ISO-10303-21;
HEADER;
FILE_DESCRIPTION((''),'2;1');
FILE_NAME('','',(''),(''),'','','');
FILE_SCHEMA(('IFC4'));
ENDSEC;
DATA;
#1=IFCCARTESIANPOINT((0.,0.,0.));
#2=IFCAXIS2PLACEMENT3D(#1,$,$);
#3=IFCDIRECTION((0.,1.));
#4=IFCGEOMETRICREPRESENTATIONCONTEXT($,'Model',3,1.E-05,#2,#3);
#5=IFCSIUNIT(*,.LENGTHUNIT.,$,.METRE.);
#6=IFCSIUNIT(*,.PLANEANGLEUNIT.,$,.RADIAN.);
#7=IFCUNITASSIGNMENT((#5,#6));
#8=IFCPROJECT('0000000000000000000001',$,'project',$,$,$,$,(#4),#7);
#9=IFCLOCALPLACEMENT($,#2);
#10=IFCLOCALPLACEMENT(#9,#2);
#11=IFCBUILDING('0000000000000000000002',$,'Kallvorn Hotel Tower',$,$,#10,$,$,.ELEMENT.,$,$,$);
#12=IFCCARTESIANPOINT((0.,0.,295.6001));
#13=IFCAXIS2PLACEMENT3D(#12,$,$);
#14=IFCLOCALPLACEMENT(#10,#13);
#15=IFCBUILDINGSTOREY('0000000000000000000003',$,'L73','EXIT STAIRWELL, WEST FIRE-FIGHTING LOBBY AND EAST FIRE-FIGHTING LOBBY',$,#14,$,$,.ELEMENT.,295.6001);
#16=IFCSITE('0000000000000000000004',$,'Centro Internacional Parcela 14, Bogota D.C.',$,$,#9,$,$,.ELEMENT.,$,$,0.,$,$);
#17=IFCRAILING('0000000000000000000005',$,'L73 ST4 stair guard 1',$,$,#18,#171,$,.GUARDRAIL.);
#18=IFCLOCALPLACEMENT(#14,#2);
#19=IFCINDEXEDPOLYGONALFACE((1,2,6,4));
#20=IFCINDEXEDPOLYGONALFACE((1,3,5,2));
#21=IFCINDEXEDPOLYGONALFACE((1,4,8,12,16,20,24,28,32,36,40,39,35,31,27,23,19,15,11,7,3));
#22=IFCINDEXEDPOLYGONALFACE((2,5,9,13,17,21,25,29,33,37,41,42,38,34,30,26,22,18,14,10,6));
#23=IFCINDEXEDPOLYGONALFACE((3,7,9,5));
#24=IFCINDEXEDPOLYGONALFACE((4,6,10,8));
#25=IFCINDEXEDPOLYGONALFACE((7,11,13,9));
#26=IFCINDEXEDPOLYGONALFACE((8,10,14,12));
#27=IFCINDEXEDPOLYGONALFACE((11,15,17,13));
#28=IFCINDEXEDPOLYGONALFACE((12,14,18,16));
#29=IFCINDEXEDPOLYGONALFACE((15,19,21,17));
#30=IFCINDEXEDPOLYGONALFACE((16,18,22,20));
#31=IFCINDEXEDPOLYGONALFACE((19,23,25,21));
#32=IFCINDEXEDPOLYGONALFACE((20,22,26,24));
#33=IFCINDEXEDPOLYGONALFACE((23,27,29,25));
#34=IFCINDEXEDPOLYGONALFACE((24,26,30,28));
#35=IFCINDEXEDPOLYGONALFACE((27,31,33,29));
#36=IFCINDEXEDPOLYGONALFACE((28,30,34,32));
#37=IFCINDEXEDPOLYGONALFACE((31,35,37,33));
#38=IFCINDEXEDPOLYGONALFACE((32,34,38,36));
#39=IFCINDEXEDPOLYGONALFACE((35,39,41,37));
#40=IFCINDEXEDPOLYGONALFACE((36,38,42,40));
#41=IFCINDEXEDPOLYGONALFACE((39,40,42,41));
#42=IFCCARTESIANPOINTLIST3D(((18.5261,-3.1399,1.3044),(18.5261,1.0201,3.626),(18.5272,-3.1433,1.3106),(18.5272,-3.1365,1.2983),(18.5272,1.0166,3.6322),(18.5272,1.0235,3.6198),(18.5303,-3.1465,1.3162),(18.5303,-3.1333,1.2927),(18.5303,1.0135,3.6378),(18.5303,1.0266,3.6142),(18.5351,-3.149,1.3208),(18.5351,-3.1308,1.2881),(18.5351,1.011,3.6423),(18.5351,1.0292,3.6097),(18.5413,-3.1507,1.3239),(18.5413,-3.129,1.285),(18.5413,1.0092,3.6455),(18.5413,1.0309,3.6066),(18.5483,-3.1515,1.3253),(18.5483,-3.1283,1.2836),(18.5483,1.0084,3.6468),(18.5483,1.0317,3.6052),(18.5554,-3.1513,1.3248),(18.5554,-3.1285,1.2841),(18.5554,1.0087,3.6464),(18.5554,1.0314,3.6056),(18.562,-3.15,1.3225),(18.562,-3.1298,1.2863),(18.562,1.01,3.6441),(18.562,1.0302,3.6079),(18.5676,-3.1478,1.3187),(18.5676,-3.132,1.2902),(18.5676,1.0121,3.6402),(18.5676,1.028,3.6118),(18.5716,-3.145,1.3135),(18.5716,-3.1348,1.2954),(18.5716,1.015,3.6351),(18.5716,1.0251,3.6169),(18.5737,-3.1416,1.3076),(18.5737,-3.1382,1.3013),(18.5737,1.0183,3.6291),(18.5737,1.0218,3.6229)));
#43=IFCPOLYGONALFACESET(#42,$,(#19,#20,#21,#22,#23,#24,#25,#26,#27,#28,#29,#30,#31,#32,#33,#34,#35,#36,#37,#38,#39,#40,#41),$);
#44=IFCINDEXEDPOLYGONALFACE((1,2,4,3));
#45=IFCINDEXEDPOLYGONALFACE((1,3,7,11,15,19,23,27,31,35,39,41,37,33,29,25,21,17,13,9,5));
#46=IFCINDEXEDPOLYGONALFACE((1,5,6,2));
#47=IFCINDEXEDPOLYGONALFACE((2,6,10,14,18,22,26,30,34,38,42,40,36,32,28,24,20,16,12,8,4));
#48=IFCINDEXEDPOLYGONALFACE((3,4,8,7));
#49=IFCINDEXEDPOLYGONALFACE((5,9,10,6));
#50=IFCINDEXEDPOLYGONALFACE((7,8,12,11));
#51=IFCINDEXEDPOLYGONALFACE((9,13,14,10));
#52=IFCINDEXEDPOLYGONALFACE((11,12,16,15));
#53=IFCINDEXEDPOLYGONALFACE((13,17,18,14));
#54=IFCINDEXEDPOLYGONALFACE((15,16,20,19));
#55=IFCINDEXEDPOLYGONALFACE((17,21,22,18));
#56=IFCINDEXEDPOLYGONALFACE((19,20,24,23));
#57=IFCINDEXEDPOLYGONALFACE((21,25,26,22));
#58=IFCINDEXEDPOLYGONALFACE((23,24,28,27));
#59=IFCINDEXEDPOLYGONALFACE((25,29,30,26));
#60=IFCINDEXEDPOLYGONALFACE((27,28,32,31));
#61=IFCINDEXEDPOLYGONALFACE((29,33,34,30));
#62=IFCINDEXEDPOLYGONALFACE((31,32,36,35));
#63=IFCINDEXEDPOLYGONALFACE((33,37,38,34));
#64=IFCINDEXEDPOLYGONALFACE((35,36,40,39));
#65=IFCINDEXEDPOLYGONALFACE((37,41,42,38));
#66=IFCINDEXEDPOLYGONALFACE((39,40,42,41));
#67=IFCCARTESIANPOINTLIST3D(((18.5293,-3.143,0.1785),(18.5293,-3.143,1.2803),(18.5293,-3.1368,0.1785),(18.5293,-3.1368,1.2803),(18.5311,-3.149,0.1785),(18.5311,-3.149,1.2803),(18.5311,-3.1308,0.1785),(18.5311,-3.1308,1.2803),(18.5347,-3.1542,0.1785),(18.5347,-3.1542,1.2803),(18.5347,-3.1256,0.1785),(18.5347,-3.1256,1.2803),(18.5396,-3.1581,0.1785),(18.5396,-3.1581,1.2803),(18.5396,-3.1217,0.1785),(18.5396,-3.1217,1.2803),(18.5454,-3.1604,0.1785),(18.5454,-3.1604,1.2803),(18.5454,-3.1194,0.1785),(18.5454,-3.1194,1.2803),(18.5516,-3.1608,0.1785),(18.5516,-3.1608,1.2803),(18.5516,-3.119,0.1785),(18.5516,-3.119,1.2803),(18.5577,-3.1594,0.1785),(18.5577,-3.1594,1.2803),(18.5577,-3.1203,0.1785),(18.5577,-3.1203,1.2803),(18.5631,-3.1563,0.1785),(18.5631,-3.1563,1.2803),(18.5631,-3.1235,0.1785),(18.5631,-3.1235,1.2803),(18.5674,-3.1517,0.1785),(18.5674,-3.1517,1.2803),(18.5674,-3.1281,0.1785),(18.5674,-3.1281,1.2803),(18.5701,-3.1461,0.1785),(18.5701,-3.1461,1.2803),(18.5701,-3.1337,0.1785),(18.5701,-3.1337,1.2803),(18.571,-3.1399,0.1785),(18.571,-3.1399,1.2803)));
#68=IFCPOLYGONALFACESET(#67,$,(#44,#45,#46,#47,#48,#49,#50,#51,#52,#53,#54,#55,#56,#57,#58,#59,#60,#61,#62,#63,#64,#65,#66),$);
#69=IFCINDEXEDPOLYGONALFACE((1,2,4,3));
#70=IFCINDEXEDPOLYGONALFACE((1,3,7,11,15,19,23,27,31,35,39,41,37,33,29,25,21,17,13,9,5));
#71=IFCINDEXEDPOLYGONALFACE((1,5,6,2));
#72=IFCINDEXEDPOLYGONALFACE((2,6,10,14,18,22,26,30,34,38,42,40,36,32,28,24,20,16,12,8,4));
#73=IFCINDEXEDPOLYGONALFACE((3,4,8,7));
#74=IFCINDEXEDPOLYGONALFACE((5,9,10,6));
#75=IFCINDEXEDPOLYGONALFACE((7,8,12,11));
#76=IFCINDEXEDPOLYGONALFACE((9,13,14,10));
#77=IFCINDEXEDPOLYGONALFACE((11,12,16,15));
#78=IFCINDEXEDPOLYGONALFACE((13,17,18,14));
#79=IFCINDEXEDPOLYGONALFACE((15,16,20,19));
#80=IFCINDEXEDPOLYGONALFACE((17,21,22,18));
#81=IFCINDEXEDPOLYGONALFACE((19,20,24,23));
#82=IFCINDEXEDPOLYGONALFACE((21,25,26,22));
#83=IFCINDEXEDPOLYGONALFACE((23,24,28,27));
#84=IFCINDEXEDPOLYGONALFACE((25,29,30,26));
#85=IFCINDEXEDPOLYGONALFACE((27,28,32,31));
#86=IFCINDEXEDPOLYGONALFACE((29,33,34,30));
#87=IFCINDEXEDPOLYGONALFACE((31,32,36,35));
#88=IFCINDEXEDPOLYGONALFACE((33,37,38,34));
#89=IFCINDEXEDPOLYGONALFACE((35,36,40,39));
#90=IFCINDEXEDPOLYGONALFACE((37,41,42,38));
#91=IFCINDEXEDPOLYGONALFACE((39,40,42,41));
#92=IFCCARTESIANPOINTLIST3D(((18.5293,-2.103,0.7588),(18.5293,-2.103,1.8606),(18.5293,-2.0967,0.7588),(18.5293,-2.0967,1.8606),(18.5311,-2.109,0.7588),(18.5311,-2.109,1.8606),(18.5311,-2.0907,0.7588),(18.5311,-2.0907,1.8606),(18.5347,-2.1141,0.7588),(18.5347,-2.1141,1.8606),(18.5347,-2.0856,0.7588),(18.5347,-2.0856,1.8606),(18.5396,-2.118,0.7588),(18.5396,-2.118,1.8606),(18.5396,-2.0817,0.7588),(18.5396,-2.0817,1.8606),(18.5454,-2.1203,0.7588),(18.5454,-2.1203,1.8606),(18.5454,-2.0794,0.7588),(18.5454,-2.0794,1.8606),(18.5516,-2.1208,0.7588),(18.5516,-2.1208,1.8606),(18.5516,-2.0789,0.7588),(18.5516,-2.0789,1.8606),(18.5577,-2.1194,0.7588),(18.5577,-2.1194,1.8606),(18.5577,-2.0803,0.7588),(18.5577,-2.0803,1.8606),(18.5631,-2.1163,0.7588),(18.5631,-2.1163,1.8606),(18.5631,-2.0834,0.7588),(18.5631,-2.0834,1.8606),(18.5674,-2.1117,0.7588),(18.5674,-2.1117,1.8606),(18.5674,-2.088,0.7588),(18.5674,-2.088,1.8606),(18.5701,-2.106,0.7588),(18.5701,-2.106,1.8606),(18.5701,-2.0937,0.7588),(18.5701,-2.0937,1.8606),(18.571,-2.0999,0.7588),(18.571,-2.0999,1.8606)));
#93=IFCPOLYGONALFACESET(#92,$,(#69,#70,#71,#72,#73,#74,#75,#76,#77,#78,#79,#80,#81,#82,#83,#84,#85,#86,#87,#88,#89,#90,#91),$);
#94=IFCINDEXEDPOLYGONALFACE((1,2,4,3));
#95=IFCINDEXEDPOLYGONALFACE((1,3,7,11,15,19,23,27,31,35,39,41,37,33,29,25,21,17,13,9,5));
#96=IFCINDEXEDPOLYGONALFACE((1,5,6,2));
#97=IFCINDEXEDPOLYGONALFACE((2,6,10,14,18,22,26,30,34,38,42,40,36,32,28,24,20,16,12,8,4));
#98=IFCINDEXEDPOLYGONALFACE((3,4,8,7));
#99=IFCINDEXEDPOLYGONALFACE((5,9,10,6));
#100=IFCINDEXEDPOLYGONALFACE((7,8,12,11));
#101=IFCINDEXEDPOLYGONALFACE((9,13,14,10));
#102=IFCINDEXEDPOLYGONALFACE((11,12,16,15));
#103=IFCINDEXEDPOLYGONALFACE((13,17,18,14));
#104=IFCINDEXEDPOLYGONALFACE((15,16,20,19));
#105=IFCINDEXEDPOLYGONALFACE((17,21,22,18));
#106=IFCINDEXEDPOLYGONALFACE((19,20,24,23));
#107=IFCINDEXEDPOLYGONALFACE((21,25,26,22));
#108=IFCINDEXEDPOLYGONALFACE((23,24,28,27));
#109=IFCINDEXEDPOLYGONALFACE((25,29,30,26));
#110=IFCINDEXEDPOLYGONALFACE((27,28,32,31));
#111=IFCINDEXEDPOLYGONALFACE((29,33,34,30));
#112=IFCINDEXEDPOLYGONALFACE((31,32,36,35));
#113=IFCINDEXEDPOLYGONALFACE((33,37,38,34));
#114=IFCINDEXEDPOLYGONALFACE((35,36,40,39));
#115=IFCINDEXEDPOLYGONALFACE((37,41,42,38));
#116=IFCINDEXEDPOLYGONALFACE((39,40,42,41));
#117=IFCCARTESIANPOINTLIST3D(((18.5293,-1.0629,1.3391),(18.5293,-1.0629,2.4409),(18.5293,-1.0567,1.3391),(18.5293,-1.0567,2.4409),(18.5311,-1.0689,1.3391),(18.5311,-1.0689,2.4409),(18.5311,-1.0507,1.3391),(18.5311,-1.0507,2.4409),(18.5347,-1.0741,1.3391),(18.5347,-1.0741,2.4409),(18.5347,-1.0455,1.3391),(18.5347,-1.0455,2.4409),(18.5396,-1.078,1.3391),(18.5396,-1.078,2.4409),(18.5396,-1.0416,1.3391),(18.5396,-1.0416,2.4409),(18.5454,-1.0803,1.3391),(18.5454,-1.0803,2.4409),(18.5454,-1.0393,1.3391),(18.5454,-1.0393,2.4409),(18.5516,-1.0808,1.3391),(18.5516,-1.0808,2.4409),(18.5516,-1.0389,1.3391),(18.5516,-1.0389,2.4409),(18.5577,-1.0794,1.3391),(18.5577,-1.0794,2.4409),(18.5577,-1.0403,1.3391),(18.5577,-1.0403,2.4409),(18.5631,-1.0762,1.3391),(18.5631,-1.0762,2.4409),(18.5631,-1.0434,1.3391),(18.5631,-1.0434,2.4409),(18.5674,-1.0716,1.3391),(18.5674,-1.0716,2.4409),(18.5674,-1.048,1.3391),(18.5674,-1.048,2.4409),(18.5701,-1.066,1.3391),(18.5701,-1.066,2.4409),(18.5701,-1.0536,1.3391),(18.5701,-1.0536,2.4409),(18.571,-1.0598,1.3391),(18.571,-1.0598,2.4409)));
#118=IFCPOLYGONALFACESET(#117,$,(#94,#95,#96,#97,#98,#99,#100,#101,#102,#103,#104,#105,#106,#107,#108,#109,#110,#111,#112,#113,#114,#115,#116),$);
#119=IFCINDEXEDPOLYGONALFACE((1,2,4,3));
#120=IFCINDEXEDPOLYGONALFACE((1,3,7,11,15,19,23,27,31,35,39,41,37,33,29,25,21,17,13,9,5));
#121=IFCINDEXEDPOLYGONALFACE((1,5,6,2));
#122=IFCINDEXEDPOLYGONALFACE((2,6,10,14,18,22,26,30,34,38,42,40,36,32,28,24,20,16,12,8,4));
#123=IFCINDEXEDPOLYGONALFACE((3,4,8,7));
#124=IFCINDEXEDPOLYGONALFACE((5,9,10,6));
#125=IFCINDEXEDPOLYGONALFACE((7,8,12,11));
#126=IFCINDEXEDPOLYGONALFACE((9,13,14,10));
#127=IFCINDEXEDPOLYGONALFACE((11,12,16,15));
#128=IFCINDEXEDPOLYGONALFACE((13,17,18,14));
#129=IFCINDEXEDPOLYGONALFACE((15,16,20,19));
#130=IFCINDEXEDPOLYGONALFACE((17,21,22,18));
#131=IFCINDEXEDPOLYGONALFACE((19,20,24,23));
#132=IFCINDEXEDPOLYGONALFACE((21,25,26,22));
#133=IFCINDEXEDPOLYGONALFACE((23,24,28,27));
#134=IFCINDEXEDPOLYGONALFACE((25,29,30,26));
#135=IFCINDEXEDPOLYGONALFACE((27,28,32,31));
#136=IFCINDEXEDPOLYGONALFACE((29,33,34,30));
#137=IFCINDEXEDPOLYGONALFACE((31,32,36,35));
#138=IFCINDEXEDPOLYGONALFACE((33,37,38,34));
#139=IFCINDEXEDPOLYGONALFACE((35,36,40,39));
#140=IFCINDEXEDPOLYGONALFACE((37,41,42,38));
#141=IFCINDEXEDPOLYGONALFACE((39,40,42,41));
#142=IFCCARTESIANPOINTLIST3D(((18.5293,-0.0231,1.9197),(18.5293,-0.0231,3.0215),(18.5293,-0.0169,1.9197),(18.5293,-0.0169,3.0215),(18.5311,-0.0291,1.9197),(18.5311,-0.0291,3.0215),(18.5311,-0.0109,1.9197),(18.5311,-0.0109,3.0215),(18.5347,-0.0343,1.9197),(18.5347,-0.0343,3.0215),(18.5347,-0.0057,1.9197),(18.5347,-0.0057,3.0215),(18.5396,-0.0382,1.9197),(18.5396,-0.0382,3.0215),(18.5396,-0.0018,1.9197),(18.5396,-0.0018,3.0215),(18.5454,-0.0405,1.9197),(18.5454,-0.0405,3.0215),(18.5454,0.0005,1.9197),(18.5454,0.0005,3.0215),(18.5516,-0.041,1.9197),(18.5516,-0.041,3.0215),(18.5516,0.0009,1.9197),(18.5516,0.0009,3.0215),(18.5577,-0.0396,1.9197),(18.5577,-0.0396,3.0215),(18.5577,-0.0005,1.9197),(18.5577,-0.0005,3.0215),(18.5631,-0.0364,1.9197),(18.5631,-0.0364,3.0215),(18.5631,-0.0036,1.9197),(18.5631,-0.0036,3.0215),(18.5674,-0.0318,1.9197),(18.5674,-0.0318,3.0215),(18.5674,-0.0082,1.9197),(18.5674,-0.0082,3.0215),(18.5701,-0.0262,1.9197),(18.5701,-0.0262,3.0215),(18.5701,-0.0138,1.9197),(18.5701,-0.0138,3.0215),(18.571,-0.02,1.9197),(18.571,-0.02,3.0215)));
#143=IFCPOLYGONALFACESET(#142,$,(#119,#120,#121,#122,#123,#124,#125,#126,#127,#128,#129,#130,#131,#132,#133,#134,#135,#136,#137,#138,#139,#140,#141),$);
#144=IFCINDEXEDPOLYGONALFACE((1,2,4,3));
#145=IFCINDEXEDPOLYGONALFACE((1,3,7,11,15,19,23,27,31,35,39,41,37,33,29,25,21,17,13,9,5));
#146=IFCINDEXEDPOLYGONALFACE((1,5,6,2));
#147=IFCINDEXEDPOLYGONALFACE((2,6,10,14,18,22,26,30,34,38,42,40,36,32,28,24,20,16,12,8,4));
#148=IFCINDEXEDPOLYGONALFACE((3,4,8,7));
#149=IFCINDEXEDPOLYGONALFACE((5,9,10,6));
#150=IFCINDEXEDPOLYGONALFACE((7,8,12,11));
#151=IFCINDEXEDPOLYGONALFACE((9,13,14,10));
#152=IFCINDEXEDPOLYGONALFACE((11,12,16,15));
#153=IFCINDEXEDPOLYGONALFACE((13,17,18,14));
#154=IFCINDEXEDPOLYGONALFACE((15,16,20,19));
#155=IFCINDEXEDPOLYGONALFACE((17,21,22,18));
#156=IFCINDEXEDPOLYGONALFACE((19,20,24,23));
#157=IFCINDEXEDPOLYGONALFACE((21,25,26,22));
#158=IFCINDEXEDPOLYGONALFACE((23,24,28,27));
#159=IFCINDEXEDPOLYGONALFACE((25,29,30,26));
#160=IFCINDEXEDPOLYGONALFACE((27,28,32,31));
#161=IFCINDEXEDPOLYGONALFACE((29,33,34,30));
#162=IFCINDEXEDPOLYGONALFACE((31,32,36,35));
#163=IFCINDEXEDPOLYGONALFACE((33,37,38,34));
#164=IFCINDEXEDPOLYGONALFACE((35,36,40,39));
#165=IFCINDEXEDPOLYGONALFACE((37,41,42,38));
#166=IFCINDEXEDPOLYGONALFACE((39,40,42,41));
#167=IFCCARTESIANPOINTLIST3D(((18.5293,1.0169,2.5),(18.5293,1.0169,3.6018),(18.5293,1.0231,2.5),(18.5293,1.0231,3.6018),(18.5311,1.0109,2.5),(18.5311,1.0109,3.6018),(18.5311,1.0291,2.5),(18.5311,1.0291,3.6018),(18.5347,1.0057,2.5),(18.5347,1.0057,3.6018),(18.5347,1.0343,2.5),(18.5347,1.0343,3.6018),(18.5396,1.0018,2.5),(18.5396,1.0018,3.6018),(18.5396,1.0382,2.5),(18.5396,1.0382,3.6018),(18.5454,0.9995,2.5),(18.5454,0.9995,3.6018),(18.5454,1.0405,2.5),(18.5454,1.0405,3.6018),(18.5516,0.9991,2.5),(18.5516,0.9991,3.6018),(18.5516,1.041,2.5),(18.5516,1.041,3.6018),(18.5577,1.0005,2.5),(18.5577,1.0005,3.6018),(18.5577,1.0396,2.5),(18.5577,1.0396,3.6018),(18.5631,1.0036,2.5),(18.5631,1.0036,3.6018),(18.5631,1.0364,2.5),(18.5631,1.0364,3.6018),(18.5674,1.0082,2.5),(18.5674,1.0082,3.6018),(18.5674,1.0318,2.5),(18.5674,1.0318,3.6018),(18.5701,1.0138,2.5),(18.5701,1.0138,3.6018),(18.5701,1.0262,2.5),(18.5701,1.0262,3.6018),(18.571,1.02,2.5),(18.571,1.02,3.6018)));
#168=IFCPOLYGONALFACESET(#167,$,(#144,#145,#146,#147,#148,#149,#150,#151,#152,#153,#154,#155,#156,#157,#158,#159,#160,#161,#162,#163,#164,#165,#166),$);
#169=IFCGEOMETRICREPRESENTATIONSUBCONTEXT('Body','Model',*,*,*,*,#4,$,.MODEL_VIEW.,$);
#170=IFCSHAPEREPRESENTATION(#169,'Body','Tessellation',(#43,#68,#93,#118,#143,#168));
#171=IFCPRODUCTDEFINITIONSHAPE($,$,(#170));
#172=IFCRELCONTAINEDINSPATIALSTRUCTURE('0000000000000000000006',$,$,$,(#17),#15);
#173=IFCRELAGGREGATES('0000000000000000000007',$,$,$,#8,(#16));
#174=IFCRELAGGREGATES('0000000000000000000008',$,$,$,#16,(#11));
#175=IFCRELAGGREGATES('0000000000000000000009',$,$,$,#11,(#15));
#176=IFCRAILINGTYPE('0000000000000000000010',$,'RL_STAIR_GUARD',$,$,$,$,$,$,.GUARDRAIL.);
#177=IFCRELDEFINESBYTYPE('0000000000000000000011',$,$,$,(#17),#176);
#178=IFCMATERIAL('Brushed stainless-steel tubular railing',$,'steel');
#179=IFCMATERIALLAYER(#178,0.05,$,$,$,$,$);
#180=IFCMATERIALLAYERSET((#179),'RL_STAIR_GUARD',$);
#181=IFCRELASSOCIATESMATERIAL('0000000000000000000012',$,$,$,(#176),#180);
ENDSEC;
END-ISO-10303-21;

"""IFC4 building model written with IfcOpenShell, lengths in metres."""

from ifc_helpers import new_model, si_unit, direction, frame, origin, origin_2d, place, context, subcontext, project, spatial, circle, extrude, material, layer, layer_set, type_object, element, save


model = new_model("IFC4")

# Units and contexts
model_context = context("Model", 3, precision=1e-05, world=origin(), true_north=direction((0.0, 1.0)))
body_context = subcontext(model_context, "Body", "Model", "MODEL_VIEW")
ifc_project = project(units=[si_unit("LENGTHUNIT", "METRE"), si_unit("PLANEANGLEUNIT", "RADIAN")], contexts=[model_context])

# Site, building, storey
site_placement = place(None, origin())
site = spatial("IfcSite", under=ifc_project, at=site_placement, Name="Centro Internacional Parcela 14, Bogota D.C.", CompositionType="ELEMENT", RefElevation=0.0)
building_placement = place(site_placement, origin())
building = spatial("IfcBuilding", under=site, at=building_placement, Name="Kallvorn Hotel Tower", CompositionType="ELEMENT")
storey_placement = place(building_placement, frame((0.0, 0.0, 295.6001)))
storey = spatial("IfcBuildingStorey", under=building, at=storey_placement, Name="L73", Description="EXIT STAIRWELL, WEST FIRE-FIGHTING LOBBY AND EAST FIRE-FIGHTING LOBBY", CompositionType="ELEMENT", Elevation=295.6001)

# Railing
ifc_material_1 = material(Name="Brushed stainless-steel tubular railing", Category="steel")
ifc_layer_1 = layer(ifc_material_1, 0.05)
ifc_layer_set_1 = layer_set([ifc_layer_1], Name="RL_STAIR_GUARD")
railing_type_1 = type_object("IfcRailingType", Name="RL_STAIR_GUARD", PredefinedType="GUARDRAIL", material=ifc_layer_set_1)
railing_1_placement = place(storey_placement, frame((18.55, -3.1399, 0.1785)))
element("IfcRailing", 1, at=railing_1_placement, inside=storey, type_object=railing_type_1, Name="L73 ST4 stair guard 1", PredefinedType="GUARDRAIL", context=body_context, shape_type="SweptSolid", body=[
    extrude(circle(Radius=0.0239, at=origin_2d()), frame((0.0, 0.0, 1.126), z_axis=(0.0, 0.873223, 0.487322), x_axis=(-1.0, 0.0, 0.0)), (0.0, 0.0, 1.0), 4.7639),
    extrude(circle(Radius=0.021, at=origin_2d()), origin(), (0.0, 0.0, 1.0), 1.1018),
    extrude(circle(Radius=0.021, at=origin_2d()), frame((0.0, 1.04, 0.5803)), (0.0, 0.0, 1.0), 1.1018),
    extrude(circle(Radius=0.021, at=origin_2d()), frame((0.0, 2.0801, 1.1606)), (0.0, 0.0, 1.0), 1.1018),
    extrude(circle(Radius=0.021, at=origin_2d()), frame((0.0, 3.1199, 1.7412)), (0.0, 0.0, 1.0), 1.1018),
    extrude(circle(Radius=0.021, at=origin_2d()), frame((0.0, 4.1599, 2.3215)), (0.0, 0.0, 1.0), 1.1018),
])

save(model, "model.ifc")
